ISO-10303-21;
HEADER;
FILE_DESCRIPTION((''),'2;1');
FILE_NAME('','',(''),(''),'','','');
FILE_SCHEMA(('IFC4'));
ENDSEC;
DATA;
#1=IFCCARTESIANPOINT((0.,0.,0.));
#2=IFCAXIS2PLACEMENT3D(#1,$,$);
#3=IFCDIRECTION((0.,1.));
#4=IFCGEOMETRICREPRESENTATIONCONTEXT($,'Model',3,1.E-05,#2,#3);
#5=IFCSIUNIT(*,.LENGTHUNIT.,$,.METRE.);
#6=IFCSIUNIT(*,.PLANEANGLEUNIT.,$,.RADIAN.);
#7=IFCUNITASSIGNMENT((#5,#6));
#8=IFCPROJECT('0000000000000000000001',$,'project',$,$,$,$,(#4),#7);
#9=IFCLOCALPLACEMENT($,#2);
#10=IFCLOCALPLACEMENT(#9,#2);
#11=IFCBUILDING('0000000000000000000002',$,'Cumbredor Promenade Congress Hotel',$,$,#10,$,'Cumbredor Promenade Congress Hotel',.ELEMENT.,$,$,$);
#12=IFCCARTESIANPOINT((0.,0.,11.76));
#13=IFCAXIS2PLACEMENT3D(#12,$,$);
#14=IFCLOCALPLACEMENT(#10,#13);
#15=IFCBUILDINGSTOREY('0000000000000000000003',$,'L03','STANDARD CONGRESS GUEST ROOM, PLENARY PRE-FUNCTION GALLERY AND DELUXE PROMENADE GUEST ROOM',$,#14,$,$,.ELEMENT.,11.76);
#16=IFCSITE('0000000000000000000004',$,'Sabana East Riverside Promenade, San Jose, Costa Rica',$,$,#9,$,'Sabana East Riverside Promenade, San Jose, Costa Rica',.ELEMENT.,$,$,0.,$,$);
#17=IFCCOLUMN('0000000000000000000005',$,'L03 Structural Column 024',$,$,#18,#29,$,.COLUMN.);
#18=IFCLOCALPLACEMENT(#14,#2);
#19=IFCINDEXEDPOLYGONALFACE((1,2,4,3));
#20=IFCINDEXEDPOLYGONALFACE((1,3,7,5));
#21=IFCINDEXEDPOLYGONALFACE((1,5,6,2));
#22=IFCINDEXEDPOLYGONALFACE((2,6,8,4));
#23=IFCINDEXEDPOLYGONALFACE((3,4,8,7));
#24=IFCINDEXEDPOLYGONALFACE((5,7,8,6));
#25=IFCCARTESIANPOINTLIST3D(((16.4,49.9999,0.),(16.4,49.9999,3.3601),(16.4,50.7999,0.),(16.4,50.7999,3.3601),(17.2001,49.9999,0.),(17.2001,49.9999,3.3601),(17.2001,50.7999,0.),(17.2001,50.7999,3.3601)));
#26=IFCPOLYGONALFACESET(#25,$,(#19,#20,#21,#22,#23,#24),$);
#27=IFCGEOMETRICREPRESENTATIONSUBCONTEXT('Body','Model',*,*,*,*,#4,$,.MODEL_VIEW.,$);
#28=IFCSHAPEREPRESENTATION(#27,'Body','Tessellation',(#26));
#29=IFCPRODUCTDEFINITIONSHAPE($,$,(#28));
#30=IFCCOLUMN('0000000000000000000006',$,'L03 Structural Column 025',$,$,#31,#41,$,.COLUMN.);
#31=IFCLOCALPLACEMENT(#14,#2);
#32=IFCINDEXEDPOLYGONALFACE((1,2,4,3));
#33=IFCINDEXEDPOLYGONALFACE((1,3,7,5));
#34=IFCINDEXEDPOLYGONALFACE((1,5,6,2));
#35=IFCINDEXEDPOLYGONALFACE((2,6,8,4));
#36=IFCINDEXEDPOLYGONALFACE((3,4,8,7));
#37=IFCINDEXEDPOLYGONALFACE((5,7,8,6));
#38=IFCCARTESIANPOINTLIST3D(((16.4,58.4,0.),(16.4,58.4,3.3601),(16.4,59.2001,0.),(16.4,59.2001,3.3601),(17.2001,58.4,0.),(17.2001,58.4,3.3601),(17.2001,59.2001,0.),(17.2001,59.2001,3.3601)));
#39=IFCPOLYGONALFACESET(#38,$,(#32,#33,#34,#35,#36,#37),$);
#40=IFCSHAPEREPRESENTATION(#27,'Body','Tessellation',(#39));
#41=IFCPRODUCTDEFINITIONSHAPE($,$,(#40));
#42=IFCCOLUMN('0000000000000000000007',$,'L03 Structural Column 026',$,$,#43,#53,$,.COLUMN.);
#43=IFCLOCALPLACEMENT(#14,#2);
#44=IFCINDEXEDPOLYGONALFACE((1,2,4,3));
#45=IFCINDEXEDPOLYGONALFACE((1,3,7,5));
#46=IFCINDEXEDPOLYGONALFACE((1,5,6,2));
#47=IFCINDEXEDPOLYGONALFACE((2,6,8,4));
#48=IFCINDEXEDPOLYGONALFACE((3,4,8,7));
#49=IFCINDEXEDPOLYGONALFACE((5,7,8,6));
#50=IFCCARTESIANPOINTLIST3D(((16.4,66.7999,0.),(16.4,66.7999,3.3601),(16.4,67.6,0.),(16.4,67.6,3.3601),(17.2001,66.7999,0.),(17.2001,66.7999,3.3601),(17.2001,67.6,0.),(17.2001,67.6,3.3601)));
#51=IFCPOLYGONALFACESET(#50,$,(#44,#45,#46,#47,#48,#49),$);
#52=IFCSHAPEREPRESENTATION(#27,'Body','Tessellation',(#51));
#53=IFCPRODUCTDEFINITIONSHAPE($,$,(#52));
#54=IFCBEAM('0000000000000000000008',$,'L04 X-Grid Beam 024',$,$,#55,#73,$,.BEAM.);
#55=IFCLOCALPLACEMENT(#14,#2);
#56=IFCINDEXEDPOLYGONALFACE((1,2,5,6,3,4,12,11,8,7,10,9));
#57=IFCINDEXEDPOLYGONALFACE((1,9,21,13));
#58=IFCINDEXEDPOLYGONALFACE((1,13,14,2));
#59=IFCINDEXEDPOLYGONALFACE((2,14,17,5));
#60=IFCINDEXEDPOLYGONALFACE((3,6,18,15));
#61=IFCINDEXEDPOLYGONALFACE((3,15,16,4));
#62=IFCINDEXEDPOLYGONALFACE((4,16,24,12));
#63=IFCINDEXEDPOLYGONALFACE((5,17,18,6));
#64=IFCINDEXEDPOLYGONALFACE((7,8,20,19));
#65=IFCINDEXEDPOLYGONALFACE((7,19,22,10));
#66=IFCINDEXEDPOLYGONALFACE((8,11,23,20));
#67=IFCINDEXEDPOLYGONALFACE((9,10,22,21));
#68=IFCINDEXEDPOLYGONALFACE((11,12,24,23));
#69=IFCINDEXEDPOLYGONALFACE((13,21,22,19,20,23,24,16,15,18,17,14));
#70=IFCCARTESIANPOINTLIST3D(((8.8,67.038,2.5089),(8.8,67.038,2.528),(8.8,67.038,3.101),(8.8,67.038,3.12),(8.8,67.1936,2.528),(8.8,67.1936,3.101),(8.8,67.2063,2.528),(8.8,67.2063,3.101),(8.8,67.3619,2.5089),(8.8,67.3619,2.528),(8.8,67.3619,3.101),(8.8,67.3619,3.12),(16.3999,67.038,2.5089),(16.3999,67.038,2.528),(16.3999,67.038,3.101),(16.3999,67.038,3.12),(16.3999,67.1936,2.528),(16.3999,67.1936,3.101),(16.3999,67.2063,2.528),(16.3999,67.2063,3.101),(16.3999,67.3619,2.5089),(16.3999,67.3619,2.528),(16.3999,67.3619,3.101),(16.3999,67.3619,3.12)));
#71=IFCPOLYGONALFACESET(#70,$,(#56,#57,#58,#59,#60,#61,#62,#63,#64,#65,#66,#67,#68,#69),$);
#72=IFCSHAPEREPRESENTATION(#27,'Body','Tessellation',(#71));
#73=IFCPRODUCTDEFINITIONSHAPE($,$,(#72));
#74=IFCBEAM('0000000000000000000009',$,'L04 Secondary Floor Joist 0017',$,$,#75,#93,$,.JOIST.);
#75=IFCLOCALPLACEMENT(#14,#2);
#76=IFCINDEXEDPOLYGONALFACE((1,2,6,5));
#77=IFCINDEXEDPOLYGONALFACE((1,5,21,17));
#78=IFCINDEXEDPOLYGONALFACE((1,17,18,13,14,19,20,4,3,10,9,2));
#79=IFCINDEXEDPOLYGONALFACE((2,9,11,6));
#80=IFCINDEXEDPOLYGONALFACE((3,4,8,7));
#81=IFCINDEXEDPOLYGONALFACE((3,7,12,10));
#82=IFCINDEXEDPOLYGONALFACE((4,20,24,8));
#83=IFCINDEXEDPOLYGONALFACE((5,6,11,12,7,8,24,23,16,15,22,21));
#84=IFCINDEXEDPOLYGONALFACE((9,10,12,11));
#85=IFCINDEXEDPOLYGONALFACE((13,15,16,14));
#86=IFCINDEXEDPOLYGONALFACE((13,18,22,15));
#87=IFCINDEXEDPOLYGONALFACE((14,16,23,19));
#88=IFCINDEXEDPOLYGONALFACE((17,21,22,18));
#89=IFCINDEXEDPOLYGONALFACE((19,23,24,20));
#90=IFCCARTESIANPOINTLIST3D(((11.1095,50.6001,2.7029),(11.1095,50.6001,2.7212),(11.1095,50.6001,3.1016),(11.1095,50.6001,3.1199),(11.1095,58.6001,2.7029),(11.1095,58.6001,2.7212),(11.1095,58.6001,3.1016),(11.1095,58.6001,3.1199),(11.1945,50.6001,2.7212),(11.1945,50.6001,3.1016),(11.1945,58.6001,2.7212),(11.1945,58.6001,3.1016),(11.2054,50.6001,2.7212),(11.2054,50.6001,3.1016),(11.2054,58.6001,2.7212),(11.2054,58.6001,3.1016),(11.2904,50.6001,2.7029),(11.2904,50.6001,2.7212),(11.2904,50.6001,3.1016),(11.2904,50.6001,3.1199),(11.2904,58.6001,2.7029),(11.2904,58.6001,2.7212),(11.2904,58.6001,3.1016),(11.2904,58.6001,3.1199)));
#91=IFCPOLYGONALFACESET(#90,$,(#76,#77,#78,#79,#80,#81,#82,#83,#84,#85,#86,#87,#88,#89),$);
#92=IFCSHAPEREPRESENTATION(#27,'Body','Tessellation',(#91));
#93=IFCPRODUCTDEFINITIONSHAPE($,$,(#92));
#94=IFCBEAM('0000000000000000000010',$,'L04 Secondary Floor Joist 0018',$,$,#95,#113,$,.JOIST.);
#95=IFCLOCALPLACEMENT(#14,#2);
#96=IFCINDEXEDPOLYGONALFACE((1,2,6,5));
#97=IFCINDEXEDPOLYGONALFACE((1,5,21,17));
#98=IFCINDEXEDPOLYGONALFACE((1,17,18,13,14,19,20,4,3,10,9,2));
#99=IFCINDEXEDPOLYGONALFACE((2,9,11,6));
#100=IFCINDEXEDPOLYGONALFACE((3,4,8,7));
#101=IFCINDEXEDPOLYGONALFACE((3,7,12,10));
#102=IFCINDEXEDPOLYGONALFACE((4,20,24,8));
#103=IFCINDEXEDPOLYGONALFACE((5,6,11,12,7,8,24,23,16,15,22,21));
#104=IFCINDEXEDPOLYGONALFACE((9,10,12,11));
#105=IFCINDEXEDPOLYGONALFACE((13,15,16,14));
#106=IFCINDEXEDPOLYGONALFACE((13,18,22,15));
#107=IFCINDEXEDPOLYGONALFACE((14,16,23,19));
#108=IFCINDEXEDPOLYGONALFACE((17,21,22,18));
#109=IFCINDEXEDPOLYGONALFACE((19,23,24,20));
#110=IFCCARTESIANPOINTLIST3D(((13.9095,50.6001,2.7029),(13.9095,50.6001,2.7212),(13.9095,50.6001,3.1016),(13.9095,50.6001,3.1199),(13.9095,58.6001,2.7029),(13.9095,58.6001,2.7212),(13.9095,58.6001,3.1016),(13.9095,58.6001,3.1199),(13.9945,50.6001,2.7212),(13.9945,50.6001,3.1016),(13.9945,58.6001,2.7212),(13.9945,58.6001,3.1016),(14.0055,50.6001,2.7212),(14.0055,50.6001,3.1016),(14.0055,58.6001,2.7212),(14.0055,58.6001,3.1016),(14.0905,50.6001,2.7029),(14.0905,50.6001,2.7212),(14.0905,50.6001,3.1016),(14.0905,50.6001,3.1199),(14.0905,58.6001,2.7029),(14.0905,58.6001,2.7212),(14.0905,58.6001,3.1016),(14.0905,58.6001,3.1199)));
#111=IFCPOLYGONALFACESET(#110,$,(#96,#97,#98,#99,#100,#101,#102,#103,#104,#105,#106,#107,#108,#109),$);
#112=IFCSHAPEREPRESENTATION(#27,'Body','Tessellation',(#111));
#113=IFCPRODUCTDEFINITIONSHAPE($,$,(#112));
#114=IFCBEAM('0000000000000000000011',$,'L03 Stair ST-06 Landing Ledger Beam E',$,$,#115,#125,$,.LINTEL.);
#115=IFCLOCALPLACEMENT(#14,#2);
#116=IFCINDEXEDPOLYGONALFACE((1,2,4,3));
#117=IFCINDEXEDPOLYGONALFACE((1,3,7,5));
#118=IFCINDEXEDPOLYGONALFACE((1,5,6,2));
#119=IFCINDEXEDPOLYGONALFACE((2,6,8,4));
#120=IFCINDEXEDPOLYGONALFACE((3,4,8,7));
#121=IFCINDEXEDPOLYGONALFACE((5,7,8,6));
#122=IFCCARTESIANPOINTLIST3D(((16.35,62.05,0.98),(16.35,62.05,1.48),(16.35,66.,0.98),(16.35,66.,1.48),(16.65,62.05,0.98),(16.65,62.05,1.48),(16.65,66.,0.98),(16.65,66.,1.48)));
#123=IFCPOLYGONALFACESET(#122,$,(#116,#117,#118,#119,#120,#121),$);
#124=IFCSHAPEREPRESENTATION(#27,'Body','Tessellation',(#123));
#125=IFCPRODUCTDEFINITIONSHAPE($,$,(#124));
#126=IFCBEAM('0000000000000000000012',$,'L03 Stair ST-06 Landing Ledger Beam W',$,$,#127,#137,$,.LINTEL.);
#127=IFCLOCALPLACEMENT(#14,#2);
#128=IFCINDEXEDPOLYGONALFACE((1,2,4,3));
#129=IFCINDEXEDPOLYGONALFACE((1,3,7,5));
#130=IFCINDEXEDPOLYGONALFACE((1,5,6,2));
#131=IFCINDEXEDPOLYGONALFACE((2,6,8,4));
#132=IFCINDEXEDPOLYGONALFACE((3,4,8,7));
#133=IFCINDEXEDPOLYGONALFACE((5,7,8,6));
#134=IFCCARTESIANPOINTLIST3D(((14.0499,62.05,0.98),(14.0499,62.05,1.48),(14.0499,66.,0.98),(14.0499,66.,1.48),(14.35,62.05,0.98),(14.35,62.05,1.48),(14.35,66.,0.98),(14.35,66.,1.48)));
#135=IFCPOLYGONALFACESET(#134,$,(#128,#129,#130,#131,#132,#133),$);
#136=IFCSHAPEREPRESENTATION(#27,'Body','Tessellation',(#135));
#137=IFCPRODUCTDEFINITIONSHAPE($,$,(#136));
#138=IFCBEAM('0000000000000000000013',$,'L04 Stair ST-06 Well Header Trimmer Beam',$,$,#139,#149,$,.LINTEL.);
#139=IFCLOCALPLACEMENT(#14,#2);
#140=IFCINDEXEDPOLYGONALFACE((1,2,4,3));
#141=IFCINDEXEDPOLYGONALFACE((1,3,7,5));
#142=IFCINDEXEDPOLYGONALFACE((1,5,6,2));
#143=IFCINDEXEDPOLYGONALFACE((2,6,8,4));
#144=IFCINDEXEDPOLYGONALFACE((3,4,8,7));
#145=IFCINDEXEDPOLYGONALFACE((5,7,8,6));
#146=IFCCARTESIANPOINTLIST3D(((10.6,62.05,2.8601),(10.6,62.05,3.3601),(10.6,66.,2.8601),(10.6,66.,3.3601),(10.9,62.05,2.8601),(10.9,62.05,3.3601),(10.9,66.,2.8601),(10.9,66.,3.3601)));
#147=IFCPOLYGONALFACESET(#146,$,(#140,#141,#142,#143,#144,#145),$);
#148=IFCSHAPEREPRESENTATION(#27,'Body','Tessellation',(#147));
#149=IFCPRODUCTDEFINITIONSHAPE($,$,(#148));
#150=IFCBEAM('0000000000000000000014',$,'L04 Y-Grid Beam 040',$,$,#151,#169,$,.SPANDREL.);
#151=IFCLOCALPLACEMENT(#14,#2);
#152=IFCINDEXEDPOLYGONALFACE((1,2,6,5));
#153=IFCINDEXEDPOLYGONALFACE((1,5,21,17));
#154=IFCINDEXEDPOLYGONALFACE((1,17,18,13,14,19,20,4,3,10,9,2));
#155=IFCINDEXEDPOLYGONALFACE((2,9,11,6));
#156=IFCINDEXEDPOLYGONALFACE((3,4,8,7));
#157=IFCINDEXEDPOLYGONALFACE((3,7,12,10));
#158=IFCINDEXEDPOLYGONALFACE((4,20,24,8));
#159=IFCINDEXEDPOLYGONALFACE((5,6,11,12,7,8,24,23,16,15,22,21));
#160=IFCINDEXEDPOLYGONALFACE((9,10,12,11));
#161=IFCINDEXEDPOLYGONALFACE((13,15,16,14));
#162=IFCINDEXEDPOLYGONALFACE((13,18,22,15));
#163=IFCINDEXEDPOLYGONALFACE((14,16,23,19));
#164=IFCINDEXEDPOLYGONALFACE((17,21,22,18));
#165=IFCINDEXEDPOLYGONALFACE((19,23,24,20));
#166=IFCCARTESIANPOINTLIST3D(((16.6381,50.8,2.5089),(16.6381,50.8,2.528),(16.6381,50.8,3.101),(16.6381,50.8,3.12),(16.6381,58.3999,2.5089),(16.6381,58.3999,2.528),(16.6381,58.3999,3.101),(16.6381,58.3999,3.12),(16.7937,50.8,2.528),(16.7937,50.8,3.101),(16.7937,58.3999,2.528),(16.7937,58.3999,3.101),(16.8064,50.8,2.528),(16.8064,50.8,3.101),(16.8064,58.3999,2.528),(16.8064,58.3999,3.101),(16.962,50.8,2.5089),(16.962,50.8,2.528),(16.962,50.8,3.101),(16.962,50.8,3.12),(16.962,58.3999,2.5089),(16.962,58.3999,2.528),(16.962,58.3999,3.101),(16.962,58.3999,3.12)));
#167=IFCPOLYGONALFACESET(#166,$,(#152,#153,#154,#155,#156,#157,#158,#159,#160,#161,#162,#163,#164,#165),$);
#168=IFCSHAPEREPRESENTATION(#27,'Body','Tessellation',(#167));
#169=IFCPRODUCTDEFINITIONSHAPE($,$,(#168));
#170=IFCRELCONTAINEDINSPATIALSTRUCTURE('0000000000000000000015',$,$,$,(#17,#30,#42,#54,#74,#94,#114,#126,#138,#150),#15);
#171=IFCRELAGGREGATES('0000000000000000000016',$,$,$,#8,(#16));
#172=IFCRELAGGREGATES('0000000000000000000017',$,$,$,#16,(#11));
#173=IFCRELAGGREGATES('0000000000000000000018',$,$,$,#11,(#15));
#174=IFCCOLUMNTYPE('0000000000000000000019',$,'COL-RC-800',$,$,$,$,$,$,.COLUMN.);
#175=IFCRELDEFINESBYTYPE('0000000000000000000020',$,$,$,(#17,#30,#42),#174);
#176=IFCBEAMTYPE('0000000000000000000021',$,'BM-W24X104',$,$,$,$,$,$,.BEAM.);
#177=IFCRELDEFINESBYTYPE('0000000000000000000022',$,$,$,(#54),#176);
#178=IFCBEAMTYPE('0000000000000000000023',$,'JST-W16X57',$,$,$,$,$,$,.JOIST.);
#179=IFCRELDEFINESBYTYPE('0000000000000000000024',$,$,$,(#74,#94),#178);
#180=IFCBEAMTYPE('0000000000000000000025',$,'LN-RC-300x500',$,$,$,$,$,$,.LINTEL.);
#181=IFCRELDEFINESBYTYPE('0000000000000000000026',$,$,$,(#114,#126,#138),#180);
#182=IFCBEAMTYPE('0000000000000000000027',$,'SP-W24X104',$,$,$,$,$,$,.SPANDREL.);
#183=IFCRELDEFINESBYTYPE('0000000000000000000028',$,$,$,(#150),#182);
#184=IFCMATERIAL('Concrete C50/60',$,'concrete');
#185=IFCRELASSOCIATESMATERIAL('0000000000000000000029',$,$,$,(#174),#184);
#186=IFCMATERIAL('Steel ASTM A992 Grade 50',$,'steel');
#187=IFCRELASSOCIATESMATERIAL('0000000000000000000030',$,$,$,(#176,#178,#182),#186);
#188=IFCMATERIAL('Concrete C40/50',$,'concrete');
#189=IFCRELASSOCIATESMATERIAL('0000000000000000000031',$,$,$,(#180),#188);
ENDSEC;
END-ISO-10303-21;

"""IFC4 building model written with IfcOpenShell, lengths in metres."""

from ifc_helpers import new_model, si_unit, direction, frame, origin, origin_2d, place, context, subcontext, project, spatial, rectangle, i_section, extrude, material, material_profile, profile_set, type_object, element, save


model = new_model("IFC4")

# Units and contexts
model_context = context("Model", 3, precision=1e-05, world=origin(), true_north=direction((0.0, 1.0)))
body_context = subcontext(model_context, "Body", "Model", "MODEL_VIEW")
ifc_project = project(units=[si_unit("LENGTHUNIT", "METRE"), si_unit("PLANEANGLEUNIT", "RADIAN")], contexts=[model_context])

# Site, building, storey
site_placement = place(None, origin())
site = spatial("IfcSite", under=ifc_project, at=site_placement, Name="Sabana East Riverside Promenade, San Jose, Costa Rica", LongName="Sabana East Riverside Promenade, San Jose, Costa Rica", CompositionType="ELEMENT", RefElevation=0.0)
building_placement = place(site_placement, origin())
building = spatial("IfcBuilding", under=site, at=building_placement, Name="Cumbredor Promenade Congress Hotel", LongName="Cumbredor Promenade Congress Hotel", CompositionType="ELEMENT")
storey_placement = place(building_placement, frame((0.0, 0.0, 11.76)))
storey = spatial("IfcBuildingStorey", under=building, at=storey_placement, Name="L03", Description="STANDARD CONGRESS GUEST ROOM, PLENARY PRE-FUNCTION GALLERY AND DELUXE PROMENADE GUEST ROOM", CompositionType="ELEMENT", Elevation=11.76)

# Columns
ifc_material_1 = material(Name="Concrete C50/60", Category="concrete")
ifc_material_profile_1 = material_profile(ifc_material_1, rectangle(XDim=0.8, YDim=0.8, at=origin_2d()), Name="RC 800x800")
ifc_profile_set_1 = profile_set([ifc_material_profile_1], Name="Concrete C50/60")
column_type = type_object("IfcColumnType", Name="COL-RC-800", PredefinedType="COLUMN", material=ifc_profile_set_1)
for number, where, z_axis, x_axis, name in (
    (1, (16.8, 50.3999, 0.0), (0.0, 0.0, 1.0), (1.0, 0.0, 0.0), "L03 Structural Column 024"),
    (2, (16.8, 58.8, 0.0), (0.0, 0.0, 1.0), (1.0, 0.0, 0.0), "L03 Structural Column 025"),
    (3, (16.8, 67.2, 0.0), (0.0, 0.0, 1.0), (1.0, 0.0, 0.0), "L03 Structural Column 026"),
):
    element("IfcColumn", number, at=place(storey_placement, frame(where, z_axis=z_axis, x_axis=x_axis)), inside=storey, type_object=column_type, Name=name, PredefinedType="COLUMN", context=body_context, shape_type="SweptSolid", body=[
        extrude(rectangle(XDim=0.8, YDim=0.8, at=origin_2d()), origin(), (0.0, 0.0, 1.0), 3.3601),
    ])

# Beams
ifc_material_2 = material(Name="Steel ASTM A992 Grade 50", Category="steel")
ifc_material_profile_2 = material_profile(ifc_material_2, i_section(OverallWidth=0.324, OverallDepth=0.6111, WebThickness=0.0127, FlangeThickness=0.019, at=origin_2d()), Name="W24X104")
ifc_profile_set_2 = profile_set([ifc_material_profile_2], Name="Steel ASTM A992 Grade 50")
beam_type_1 = type_object("IfcBeamType", Name="BM-W24X104", PredefinedType="BEAM", material=ifc_profile_set_2)
beam_1_placement = place(storey_placement, frame((8.8, 67.2, 2.8145), z_axis=(1.0, 0.0, 0.0), x_axis=(0.0, 1.0, 0.0)))
element("IfcBeam", 4, at=beam_1_placement, inside=storey, type_object=beam_type_1, Name="L04 X-Grid Beam 024", PredefinedType="BEAM", context=body_context, shape_type="SweptSolid", body=[
    extrude(i_section(OverallWidth=0.324, OverallDepth=0.6111, WebThickness=0.0127, FlangeThickness=0.019, at=origin_2d()), origin(), (0.0, 0.0, 1.0), 7.5999),
])
ifc_material_profile_3 = material_profile(ifc_material_2, i_section(OverallWidth=0.1809, OverallDepth=0.417, WebThickness=0.011, FlangeThickness=0.0183, at=origin_2d()), Name="W16X57")
ifc_profile_set_3 = profile_set([ifc_material_profile_3], Name="Steel ASTM A992 Grade 50")
beam_type_2 = type_object("IfcBeamType", Name="JST-W16X57", PredefinedType="JOIST", material=ifc_profile_set_3)
for number, where, z_axis, x_axis, name in (
    (5, (11.2, 50.6001, 2.9114), (0.0, 1.0, 0.0), (-1.0, 0.0, 0.0), "L04 Secondary Floor Joist 0017"),
    (6, (14.0, 50.6001, 2.9114), (0.0, 1.0, 0.0), (-1.0, 0.0, 0.0), "L04 Secondary Floor Joist 0018"),
):
    element("IfcBeam", number, at=place(storey_placement, frame(where, z_axis=z_axis, x_axis=x_axis)), inside=storey, type_object=beam_type_2, Name=name, PredefinedType="JOIST", context=body_context, shape_type="SweptSolid", body=[
        extrude(i_section(OverallWidth=0.1809, OverallDepth=0.417, WebThickness=0.011, FlangeThickness=0.0183, at=origin_2d()), origin(), (0.0, 0.0, 1.0), 8.0),
    ])
ifc_material_3 = material(Name="Concrete C40/50", Category="concrete")
ifc_material_profile_4 = material_profile(ifc_material_3, rectangle(XDim=0.3, YDim=0.5, at=origin_2d()), Name="RC LINTEL 300x500")
ifc_profile_set_4 = profile_set([ifc_material_profile_4], Name="Concrete C40/50")
beam_type_3 = type_object("IfcBeamType", Name="LN-RC-300x500", PredefinedType="LINTEL", material=ifc_profile_set_4)
for number, where, z_axis, x_axis, name in (
    (7, (16.5, 62.05, 1.23), (0.0, 1.0, 0.0), (-1.0, 0.0, 0.0), "L03 Stair ST-06 Landing Ledger Beam E"),
    (8, (14.2, 62.05, 1.23), (0.0, 1.0, 0.0), (-1.0, 0.0, 0.0), "L03 Stair ST-06 Landing Ledger Beam W"),
    (9, (10.75, 62.05, 3.1101), (0.0, 1.0, 0.0), (-1.0, 0.0, 0.0), "L04 Stair ST-06 Well Header Trimmer Beam"),
):
    element("IfcBeam", number, at=place(storey_placement, frame(where, z_axis=z_axis, x_axis=x_axis)), inside=storey, type_object=beam_type_3, Name=name, PredefinedType="LINTEL", context=body_context, shape_type="SweptSolid", body=[
        extrude(rectangle(XDim=0.3, YDim=0.5, at=origin_2d()), origin(), (0.0, 0.0, 1.0), 3.95),
    ])
ifc_material_profile_5 = material_profile(ifc_material_2, i_section(OverallWidth=0.324, OverallDepth=0.6111, WebThickness=0.0127, FlangeThickness=0.019, at=origin_2d()), Name="W24X104")
ifc_profile_set_5 = profile_set([ifc_material_profile_5], Name="Steel ASTM A992 Grade 50")
beam_type_4 = type_object("IfcBeamType", Name="SP-W24X104", PredefinedType="SPANDREL", material=ifc_profile_set_5)
beam_2_placement = place(storey_placement, frame((16.8, 50.8, 2.8145), z_axis=(0.0, 1.0, 0.0), x_axis=(-1.0, 0.0, 0.0)))
element("IfcBeam", 10, at=beam_2_placement, inside=storey, type_object=beam_type_4, Name="L04 Y-Grid Beam 040", PredefinedType="SPANDREL", context=body_context, shape_type="SweptSolid", body=[
    extrude(i_section(OverallWidth=0.324, OverallDepth=0.6111, WebThickness=0.0127, FlangeThickness=0.019, at=origin_2d()), origin(), (0.0, 0.0, 1.0), 7.5999),
])

save(model, "model.ifc")
